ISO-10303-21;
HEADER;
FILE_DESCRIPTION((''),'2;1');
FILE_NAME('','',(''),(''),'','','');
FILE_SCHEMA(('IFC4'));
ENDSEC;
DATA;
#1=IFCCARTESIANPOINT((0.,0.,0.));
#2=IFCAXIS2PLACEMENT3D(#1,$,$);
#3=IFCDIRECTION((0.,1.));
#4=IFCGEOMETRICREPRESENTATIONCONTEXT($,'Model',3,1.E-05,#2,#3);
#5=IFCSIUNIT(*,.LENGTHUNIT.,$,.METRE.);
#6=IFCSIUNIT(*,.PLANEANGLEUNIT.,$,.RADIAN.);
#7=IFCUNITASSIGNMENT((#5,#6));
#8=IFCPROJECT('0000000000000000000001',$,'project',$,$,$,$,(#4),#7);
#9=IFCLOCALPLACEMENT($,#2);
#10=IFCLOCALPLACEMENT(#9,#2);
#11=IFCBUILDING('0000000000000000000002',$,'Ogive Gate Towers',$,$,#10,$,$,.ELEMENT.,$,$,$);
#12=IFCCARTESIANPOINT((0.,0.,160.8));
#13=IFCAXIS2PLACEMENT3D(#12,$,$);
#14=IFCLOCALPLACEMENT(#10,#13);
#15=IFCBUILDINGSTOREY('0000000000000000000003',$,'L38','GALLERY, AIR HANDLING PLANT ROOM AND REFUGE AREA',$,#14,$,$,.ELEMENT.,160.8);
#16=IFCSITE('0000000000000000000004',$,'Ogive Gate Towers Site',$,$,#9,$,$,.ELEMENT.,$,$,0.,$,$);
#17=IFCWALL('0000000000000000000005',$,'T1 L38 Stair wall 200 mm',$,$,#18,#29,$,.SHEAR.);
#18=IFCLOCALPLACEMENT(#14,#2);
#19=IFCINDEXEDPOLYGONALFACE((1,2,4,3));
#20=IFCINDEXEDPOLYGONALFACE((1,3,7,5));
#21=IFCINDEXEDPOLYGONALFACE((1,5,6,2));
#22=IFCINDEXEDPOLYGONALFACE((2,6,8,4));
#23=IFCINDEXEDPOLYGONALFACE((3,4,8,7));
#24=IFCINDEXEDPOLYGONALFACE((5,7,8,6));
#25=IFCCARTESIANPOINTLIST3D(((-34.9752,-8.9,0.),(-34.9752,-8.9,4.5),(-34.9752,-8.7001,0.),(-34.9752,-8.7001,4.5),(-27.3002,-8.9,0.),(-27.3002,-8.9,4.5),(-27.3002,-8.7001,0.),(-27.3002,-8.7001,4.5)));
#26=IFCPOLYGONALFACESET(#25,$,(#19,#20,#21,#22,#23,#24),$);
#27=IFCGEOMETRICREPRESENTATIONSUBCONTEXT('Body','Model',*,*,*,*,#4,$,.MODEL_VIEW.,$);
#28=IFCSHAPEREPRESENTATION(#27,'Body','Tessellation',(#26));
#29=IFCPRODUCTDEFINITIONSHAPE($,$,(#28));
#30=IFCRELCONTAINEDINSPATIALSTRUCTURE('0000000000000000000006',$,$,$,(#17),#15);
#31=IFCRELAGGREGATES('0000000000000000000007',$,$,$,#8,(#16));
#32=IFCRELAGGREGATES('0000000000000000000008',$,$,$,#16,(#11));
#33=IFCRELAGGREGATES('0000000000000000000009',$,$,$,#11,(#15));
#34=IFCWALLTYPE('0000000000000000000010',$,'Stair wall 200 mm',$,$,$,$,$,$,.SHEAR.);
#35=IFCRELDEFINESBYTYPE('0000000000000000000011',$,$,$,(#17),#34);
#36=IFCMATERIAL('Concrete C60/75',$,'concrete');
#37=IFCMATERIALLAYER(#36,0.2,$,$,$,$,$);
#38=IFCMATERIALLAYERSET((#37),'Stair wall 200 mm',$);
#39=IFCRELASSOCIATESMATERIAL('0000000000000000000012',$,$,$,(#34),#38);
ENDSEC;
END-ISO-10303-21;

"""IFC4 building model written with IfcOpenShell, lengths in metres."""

from ifc_helpers import new_model, si_unit, direction, frame, frame_2d, origin, place, context, subcontext, project, spatial, rectangle, extrude, material, layer, layer_set, type_object, element, save


model = new_model("IFC4")

# Units and contexts
model_context = context("Model", 3, precision=1e-05, world=origin(), true_north=direction((0.0, 1.0)))
body_context = subcontext(model_context, "Body", "Model", "MODEL_VIEW")
ifc_project = project(units=[si_unit("LENGTHUNIT", "METRE"), si_unit("PLANEANGLEUNIT", "RADIAN")], contexts=[model_context])

# Site, building, storey
site_placement = place(None, origin())
site = spatial("IfcSite", under=ifc_project, at=site_placement, Name="Ogive Gate Towers Site", CompositionType="ELEMENT", RefElevation=0.0)
building_placement = place(site_placement, origin())
building = spatial("IfcBuilding", under=site, at=building_placement, Name="Ogive Gate Towers", CompositionType="ELEMENT")
storey_placement = place(building_placement, frame((0.0, 0.0, 160.8)))
storey = spatial("IfcBuildingStorey", under=building, at=storey_placement, Name="L38", Description="GALLERY, AIR HANDLING PLANT ROOM AND REFUGE AREA", CompositionType="ELEMENT", Elevation=160.8)

# Shared definitions
ifc_material_1 = material(Name="Concrete C60/75", Category="concrete")

# Wall
ifc_layer_1 = layer(ifc_material_1, 0.2)
ifc_layer_set_1 = layer_set([ifc_layer_1], Name="Stair wall 200 mm")
wall_type_1 = type_object("IfcWallType", Name="Stair wall 200 mm", PredefinedType="SHEAR", material=ifc_layer_set_1)
wall_1_placement = place(storey_placement, frame((-34.9751, -8.8, 0.0), z_axis=(0.0, 0.0, 1.0), x_axis=(1.0, 0.0, 0.0)))
element("IfcWall", 1, at=wall_1_placement, inside=storey, type_object=wall_type_1, Name="T1 L38 Stair wall 200 mm", PredefinedType="SHEAR", context=body_context, shape_type="SweptSolid", body=[
    extrude(rectangle(XDim=7.675, YDim=0.2, at=frame_2d((3.8374, 0.0))), origin(), (0.0, 0.0, 1.0), 4.5),
])

save(model, "model.ifc")
